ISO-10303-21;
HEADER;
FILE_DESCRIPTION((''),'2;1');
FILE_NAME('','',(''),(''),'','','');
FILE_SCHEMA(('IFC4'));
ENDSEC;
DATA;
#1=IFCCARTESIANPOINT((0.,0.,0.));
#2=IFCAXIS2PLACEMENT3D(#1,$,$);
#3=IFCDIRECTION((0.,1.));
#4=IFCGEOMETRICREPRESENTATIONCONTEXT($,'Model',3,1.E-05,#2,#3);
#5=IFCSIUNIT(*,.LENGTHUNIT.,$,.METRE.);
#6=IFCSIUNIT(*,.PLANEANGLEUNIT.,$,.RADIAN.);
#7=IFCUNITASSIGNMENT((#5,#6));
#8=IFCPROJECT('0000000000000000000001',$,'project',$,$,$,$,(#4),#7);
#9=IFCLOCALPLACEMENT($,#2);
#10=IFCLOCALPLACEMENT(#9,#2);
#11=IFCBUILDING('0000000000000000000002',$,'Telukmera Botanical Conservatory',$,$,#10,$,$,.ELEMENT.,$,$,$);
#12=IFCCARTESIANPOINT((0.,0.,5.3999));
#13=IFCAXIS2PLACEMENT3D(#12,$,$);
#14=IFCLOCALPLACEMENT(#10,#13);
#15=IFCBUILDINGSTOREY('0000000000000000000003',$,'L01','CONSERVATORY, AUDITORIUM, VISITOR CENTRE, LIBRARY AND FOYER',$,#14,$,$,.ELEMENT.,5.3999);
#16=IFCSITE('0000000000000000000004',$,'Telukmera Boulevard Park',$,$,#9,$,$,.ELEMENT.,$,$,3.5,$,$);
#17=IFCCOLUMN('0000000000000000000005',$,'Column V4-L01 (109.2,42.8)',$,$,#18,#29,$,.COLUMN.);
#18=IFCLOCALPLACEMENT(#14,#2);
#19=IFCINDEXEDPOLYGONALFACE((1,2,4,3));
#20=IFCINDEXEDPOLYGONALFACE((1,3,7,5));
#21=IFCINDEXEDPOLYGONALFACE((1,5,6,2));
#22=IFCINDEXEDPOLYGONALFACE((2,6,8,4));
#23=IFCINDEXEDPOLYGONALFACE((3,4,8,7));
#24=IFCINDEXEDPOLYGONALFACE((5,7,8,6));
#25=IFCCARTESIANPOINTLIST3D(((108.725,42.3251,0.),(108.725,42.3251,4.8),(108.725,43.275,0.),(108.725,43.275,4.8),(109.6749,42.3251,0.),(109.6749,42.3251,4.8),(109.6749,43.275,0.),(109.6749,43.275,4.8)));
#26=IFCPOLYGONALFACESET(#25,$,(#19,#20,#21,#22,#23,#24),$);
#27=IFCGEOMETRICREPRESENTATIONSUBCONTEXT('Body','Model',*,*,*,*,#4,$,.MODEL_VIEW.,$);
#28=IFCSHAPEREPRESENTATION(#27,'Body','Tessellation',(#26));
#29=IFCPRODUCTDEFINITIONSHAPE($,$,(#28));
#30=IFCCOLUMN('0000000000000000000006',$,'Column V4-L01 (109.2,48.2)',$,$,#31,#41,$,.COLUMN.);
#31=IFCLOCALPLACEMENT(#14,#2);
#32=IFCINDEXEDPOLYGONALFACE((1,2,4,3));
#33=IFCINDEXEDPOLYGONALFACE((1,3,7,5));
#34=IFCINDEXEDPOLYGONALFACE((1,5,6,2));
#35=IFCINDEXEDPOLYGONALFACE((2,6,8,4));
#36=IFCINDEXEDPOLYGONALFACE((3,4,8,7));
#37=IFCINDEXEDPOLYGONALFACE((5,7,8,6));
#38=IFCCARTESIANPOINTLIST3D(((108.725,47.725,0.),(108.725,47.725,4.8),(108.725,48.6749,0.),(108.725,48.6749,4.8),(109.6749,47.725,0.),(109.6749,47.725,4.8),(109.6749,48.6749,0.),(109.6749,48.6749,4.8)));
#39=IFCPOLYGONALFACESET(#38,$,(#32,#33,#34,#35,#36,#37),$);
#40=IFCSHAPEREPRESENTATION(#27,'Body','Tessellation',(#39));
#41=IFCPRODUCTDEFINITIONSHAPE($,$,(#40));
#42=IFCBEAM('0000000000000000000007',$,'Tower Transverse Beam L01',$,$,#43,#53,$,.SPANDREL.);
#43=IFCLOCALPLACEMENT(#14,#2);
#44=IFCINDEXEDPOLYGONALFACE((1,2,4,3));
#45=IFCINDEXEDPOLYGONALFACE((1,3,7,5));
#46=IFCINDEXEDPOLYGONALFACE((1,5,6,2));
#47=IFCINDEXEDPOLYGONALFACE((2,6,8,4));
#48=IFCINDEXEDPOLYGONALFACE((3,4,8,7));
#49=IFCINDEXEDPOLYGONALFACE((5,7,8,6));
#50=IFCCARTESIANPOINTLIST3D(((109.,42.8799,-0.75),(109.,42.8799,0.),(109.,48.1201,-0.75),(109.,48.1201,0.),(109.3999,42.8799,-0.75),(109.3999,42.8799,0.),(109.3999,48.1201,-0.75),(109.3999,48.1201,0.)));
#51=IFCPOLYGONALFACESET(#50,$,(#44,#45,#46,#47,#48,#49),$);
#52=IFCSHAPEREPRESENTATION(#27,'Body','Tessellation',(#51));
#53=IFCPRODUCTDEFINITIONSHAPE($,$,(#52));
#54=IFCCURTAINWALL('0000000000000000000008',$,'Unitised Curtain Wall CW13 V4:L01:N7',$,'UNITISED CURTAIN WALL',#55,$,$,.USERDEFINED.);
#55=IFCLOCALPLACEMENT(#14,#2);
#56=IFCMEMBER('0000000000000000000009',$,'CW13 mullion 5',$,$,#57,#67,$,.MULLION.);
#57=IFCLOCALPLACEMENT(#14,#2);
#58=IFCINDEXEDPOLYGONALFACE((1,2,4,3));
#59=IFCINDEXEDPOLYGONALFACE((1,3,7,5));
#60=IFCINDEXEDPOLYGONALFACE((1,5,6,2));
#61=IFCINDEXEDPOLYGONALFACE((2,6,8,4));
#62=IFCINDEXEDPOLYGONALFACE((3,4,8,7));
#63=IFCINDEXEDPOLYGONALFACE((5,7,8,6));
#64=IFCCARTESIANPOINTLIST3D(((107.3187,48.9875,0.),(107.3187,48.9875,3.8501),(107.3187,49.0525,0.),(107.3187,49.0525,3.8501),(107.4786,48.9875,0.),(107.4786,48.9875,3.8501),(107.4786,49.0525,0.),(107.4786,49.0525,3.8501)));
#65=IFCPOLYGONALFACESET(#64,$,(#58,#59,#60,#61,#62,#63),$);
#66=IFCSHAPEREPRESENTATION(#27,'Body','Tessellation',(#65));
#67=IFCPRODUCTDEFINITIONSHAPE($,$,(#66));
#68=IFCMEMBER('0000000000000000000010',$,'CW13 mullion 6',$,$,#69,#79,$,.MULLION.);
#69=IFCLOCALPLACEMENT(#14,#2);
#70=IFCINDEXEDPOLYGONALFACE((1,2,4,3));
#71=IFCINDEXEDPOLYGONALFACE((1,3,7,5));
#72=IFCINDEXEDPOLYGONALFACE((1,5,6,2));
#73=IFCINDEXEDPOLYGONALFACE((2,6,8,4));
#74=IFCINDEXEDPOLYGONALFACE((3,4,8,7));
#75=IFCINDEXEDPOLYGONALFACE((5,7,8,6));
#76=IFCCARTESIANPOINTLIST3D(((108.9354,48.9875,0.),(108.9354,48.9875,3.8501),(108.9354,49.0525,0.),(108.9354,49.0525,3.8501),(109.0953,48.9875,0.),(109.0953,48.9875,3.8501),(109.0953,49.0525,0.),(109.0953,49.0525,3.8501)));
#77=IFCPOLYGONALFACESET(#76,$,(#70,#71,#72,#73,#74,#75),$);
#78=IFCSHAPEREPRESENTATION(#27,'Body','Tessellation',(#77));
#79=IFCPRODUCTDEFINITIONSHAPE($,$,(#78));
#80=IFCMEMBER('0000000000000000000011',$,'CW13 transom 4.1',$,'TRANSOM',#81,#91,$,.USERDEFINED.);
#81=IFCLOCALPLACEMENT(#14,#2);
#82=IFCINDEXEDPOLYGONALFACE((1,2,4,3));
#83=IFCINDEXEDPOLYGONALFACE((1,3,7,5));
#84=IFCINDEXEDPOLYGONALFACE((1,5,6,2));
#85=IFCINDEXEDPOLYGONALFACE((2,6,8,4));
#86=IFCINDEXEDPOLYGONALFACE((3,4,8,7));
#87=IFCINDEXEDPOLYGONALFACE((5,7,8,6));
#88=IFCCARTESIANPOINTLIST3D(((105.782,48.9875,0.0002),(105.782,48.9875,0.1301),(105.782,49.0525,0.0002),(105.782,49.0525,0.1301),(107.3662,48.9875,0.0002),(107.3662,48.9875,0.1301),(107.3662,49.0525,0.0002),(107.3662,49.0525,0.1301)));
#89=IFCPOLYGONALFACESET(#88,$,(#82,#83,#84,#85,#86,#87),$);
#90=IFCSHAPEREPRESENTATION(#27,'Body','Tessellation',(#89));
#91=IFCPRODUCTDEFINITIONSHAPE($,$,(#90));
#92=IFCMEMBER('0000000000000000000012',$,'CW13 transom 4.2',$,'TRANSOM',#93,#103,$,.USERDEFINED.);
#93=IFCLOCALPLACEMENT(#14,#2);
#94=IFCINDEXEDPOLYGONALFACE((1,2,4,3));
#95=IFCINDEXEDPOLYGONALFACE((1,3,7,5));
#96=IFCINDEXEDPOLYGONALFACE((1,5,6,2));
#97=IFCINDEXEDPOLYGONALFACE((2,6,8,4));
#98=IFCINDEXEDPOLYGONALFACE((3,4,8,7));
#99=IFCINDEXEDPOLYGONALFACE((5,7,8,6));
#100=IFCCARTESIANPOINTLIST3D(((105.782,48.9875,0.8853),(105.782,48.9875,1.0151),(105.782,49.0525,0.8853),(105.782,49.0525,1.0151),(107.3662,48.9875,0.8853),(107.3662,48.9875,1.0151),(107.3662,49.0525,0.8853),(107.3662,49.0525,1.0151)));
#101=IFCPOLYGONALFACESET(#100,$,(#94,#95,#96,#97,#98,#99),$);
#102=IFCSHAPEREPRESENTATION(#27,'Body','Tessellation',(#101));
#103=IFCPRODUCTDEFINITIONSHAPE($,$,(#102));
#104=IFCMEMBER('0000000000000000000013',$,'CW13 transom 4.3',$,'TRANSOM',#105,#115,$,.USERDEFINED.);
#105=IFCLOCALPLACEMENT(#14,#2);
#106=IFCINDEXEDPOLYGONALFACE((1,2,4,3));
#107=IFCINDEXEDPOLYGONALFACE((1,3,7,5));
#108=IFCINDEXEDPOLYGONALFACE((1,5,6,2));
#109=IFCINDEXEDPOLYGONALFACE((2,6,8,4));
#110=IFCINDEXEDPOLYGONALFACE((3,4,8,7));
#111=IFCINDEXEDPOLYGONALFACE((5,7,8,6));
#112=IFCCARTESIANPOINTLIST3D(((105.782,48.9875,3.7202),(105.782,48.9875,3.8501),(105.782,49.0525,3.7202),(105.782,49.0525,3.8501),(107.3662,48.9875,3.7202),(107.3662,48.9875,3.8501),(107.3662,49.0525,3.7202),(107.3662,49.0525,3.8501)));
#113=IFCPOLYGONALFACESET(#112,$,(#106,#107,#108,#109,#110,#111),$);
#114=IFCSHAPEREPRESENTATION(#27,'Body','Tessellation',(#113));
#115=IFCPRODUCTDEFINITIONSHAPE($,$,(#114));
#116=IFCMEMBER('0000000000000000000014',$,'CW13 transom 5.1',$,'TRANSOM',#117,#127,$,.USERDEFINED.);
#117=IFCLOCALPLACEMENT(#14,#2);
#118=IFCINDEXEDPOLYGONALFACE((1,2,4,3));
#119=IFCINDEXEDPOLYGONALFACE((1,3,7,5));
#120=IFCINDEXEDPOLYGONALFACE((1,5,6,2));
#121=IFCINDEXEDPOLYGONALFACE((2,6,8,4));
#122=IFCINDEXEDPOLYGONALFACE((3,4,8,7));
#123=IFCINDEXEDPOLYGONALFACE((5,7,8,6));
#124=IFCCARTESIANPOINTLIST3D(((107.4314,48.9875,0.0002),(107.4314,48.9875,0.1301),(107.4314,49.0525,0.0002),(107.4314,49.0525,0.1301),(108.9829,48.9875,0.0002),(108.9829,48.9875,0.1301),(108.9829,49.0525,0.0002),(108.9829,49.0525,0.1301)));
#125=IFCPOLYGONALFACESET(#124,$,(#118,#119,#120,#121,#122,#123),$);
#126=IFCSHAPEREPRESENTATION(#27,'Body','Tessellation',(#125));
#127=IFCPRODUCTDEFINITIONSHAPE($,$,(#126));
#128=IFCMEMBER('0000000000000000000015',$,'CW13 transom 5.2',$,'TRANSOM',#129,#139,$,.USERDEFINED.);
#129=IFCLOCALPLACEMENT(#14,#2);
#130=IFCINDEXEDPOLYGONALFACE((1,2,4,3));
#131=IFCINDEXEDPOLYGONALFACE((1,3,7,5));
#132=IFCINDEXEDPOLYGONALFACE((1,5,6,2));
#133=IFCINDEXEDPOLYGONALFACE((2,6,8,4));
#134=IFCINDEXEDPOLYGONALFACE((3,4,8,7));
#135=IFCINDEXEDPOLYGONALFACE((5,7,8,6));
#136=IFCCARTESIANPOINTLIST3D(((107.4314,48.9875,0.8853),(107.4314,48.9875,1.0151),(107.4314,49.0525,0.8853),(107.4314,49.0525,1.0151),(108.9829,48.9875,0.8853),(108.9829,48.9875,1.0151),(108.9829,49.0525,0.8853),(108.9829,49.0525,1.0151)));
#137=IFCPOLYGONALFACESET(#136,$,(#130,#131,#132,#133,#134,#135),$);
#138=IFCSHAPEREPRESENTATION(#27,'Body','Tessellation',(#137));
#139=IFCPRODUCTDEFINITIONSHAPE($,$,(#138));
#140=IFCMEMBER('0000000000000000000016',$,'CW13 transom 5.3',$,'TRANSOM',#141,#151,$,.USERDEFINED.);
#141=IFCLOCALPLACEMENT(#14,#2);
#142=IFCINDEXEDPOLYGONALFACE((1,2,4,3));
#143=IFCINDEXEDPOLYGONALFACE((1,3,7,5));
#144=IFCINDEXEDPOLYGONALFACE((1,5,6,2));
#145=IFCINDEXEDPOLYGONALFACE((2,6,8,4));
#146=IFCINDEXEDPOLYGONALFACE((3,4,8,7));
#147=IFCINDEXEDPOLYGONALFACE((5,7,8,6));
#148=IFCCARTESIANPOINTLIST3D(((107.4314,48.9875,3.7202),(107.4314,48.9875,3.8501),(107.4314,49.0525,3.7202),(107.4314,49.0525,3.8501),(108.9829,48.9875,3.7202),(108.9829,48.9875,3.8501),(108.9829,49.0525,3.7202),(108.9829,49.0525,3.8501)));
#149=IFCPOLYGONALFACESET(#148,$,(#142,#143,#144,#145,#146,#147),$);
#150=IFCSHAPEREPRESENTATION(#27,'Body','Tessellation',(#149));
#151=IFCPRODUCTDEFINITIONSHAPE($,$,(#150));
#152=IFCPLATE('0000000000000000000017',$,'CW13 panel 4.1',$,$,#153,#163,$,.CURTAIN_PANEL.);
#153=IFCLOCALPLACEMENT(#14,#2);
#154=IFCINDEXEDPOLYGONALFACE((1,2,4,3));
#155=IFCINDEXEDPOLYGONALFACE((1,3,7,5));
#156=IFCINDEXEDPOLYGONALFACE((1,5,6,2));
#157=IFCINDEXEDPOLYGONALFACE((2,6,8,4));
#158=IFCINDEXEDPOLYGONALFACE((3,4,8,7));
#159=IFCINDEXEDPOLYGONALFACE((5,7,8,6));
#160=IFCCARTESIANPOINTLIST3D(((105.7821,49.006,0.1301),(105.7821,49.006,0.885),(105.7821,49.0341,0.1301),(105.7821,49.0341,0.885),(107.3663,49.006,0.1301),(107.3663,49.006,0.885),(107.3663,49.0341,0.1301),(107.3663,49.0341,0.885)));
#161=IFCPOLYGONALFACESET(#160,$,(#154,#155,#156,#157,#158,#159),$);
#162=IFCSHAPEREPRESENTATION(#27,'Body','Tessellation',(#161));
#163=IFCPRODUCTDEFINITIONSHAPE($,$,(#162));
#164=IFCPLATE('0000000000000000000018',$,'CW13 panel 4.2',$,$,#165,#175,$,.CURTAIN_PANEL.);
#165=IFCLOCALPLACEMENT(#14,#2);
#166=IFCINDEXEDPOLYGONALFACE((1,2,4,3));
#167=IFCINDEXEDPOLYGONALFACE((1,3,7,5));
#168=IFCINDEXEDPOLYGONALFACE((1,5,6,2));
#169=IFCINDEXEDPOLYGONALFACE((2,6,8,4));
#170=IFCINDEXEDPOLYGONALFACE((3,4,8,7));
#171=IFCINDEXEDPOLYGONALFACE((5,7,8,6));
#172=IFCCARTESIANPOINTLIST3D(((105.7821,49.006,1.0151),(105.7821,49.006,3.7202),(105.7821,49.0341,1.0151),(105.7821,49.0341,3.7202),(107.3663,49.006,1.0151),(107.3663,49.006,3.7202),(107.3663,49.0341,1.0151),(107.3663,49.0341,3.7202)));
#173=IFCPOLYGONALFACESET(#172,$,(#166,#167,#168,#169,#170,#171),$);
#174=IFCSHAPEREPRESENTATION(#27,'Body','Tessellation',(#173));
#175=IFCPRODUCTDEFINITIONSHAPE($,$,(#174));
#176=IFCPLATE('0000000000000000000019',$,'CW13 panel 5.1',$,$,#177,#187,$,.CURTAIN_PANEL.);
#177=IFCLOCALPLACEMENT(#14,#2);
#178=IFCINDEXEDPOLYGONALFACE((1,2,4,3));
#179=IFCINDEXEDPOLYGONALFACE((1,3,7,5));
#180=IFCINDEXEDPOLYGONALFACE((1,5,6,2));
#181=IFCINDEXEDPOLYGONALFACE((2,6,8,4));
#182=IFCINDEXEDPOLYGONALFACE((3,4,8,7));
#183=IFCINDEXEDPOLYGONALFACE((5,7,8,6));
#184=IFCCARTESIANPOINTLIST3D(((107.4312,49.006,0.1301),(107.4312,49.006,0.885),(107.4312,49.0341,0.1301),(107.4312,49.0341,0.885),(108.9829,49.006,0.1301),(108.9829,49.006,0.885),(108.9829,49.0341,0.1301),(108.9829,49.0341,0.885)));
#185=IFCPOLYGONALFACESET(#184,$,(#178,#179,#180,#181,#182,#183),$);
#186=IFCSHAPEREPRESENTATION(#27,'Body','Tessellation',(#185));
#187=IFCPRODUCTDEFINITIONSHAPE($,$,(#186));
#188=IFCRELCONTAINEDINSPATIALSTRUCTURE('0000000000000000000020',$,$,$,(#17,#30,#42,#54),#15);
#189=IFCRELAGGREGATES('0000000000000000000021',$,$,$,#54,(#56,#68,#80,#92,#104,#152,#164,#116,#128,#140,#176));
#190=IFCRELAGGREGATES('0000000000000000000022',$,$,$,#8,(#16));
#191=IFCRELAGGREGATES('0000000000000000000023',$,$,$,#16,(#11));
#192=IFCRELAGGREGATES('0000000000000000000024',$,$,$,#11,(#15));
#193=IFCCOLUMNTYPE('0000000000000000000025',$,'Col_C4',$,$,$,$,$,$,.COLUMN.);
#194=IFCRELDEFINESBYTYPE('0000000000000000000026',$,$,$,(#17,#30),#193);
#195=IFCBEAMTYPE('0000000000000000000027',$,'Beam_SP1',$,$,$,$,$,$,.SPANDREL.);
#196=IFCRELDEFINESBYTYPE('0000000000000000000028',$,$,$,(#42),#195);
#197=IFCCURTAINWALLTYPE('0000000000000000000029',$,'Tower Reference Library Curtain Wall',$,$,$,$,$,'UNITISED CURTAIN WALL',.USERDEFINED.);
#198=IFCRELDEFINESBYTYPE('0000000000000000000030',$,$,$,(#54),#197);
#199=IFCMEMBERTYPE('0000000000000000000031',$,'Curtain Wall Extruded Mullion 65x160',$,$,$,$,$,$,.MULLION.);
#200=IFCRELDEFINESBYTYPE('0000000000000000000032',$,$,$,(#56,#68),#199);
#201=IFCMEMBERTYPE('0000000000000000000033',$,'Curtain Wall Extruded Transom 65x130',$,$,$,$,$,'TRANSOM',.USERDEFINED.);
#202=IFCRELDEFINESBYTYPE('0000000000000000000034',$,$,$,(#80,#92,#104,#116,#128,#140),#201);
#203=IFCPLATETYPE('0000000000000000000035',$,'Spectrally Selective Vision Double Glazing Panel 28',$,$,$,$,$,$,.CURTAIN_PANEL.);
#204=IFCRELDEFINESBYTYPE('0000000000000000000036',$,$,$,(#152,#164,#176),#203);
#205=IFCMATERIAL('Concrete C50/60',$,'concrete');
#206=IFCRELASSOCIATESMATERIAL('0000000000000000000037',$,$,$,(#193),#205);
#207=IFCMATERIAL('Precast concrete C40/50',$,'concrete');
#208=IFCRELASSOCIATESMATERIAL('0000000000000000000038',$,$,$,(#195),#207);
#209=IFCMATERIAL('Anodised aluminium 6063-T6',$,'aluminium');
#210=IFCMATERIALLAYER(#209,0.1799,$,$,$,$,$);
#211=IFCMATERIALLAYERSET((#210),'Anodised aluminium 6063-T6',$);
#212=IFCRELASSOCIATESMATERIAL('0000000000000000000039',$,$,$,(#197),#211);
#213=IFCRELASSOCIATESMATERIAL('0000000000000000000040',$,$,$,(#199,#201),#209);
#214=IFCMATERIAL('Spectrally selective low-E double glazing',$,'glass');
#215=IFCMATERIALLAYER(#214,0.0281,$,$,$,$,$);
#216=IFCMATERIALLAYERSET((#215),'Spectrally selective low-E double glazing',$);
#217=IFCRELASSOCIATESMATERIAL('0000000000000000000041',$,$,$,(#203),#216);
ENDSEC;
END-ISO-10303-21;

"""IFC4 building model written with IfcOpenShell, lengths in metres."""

from ifc_helpers import new_model, si_unit, direction, frame, origin, origin_2d, place, context, subcontext, project, spatial, rectangle, extrude, material, layer, layer_set, material_profile, profile_set, type_object, element, aggregate, save


model = new_model("IFC4")

# Units and contexts
model_context = context("Model", 3, precision=1e-05, world=origin(), true_north=direction((0.0, 1.0)))
body_context = subcontext(model_context, "Body", "Model", "MODEL_VIEW")
ifc_project = project(units=[si_unit("LENGTHUNIT", "METRE"), si_unit("PLANEANGLEUNIT", "RADIAN")], contexts=[model_context])

# Site, building, storey
site_placement = place(None, origin())
site = spatial("IfcSite", under=ifc_project, at=site_placement, Name="Telukmera Boulevard Park", CompositionType="ELEMENT", RefElevation=3.5)
building_placement = place(site_placement, origin())
building = spatial("IfcBuilding", under=site, at=building_placement, Name="Telukmera Botanical Conservatory", CompositionType="ELEMENT")
storey_placement = place(building_placement, frame((0.0, 0.0, 5.3999)))
storey = spatial("IfcBuildingStorey", under=building, at=storey_placement, Name="L01", Description="CONSERVATORY, AUDITORIUM, VISITOR CENTRE, LIBRARY AND FOYER", CompositionType="ELEMENT", Elevation=5.3999)

# Columns
ifc_material_1 = material(Name="Concrete C50/60", Category="concrete")
ifc_material_profile_1 = material_profile(ifc_material_1, rectangle(XDim=0.95, YDim=0.95, at=origin_2d()), Name="RC 950x950")
ifc_profile_set_1 = profile_set([ifc_material_profile_1], Name="Concrete C50/60")
column_type = type_object("IfcColumnType", Name="Col_C4", PredefinedType="COLUMN", material=ifc_profile_set_1)
for number, where, z_axis, x_axis, name in (
    (1, (109.2, 42.8, 0.0), (0.0, 0.0, 1.0), (1.0, 0.0, 0.0), "Column V4-L01 (109.2,42.8)"),
    (2, (109.2, 48.2, 0.0), (0.0, 0.0, 1.0), (1.0, 0.0, 0.0), "Column V4-L01 (109.2,48.2)"),
):
    element("IfcColumn", number, at=place(storey_placement, frame(where, z_axis=z_axis, x_axis=x_axis)), inside=storey, type_object=column_type, Name=name, PredefinedType="COLUMN", context=body_context, shape_type="SweptSolid", body=[
        extrude(rectangle(XDim=0.95, YDim=0.95, at=origin_2d()), origin(), (0.0, 0.0, 1.0), 4.8),
    ])

# Beam
ifc_material_2 = material(Name="Precast concrete C40/50", Category="concrete")
ifc_material_profile_2 = material_profile(ifc_material_2, rectangle(XDim=0.3999, YDim=0.75, at=origin_2d()), Name="PC 400x750")
ifc_profile_set_2 = profile_set([ifc_material_profile_2], Name="Precast concrete C40/50")
beam_type = type_object("IfcBeamType", Name="Beam_SP1", PredefinedType="SPANDREL", material=ifc_profile_set_2)
beam_placement = place(storey_placement, frame((109.2, 42.8799, -0.375), z_axis=(0.0, 1.0, 0.0), x_axis=(-1.0, 0.0, 0.0)))
element("IfcBeam", 3, at=beam_placement, inside=storey, type_object=beam_type, Name="Tower Transverse Beam L01", PredefinedType="SPANDREL", context=body_context, shape_type="SweptSolid", body=[
    extrude(rectangle(XDim=0.3999, YDim=0.75, at=origin_2d()), origin(), (0.0, 0.0, 1.0), 5.2402),
])

# Curtain wall, members, plates
ifc_material_3 = material(Name="Anodised aluminium 6063-T6", Category="aluminium")
ifc_layer_1 = layer(ifc_material_3, 0.1799)
ifc_layer_set_1 = layer_set([ifc_layer_1], Name="Anodised aluminium 6063-T6")
curtain_wall_type = type_object("IfcCurtainWallType", Name="Tower Reference Library Curtain Wall", ElementType="UNITISED CURTAIN WALL", PredefinedType="USERDEFINED", material=ifc_layer_set_1)
curtain_wall_placement = place(storey_placement, origin())
curtain_wall = element("IfcCurtainWall", 4, at=curtain_wall_placement, inside=storey, type_object=curtain_wall_type, Name="Unitised Curtain Wall CW13 V4:L01:N7", ObjectType="UNITISED CURTAIN WALL", PredefinedType="USERDEFINED")
ifc_material_profile_3 = material_profile(ifc_material_3, rectangle(XDim=0.0649, YDim=0.1599, at=origin_2d()), Name="ALU MULL 65x160")
ifc_profile_set_3 = profile_set([ifc_material_profile_3], Name="Anodised aluminium 6063-T6")
member_type_1 = type_object("IfcMemberType", Name="Curtain Wall Extruded Mullion 65x160", PredefinedType="MULLION", material=ifc_profile_set_3)
member_1_placement = place(storey_placement, frame((107.3987, 49.02, 0.0), z_axis=(0.0, 0.0, 1.0), x_axis=(0.0, 1.0, 0.0)))
member_1 = element("IfcMember", 5, at=member_1_placement, type_object=member_type_1, Name="CW13 mullion 5", PredefinedType="MULLION", context=body_context, shape_type="SweptSolid", body=[
    extrude(rectangle(XDim=0.0649, YDim=0.1599, at=origin_2d()), origin(), (0.0, 0.0, 1.0), 3.8501),
])
member_2_placement = place(storey_placement, frame((109.0154, 49.02, 0.0), z_axis=(0.0, 0.0, 1.0), x_axis=(0.0, 1.0, 0.0)))
member_2 = element("IfcMember", 6, at=member_2_placement, type_object=member_type_1, Name="CW13 mullion 6", PredefinedType="MULLION", context=body_context, shape_type="SweptSolid", body=[
    extrude(rectangle(XDim=0.0649, YDim=0.1599, at=origin_2d()), origin(), (0.0, 0.0, 1.0), 3.8501),
])
ifc_material_profile_4 = material_profile(ifc_material_3, rectangle(XDim=0.0649, YDim=0.1299, at=origin_2d()), Name="ALU TRAN 65x130")
ifc_profile_set_4 = profile_set([ifc_material_profile_4], Name="Anodised aluminium 6063-T6")
member_type_2 = type_object("IfcMemberType", Name="Curtain Wall Extruded Transom 65x130", ElementType="TRANSOM", PredefinedType="USERDEFINED", material=ifc_profile_set_4)
member_3_placement = place(storey_placement, frame((105.782, 49.02, 0.0652), z_axis=(1.0, 0.0, 0.0), x_axis=(0.0, 1.0, 0.0)))
member_3 = element("IfcMember", 7, at=member_3_placement, type_object=member_type_2, Name="CW13 transom 4.1", ObjectType="TRANSOM", PredefinedType="USERDEFINED", context=body_context, shape_type="SweptSolid", body=[
    extrude(rectangle(XDim=0.0649, YDim=0.1299, at=origin_2d()), origin(), (0.0, 0.0, 1.0), 1.5842),
])
member_4_placement = place(storey_placement, frame((105.782, 49.02, 0.9502), z_axis=(1.0, 0.0, 0.0), x_axis=(0.0, 1.0, 0.0)))
member_4 = element("IfcMember", 8, at=member_4_placement, type_object=member_type_2, Name="CW13 transom 4.2", ObjectType="TRANSOM", PredefinedType="USERDEFINED", context=body_context, shape_type="SweptSolid", body=[
    extrude(rectangle(XDim=0.0649, YDim=0.1299, at=origin_2d()), origin(), (0.0, 0.0, 1.0), 1.5842),
])
member_5_placement = place(storey_placement, frame((105.782, 49.02, 3.7852), z_axis=(1.0, 0.0, 0.0), x_axis=(0.0, 1.0, 0.0)))
member_5 = element("IfcMember", 9, at=member_5_placement, type_object=member_type_2, Name="CW13 transom 4.3", ObjectType="TRANSOM", PredefinedType="USERDEFINED", context=body_context, shape_type="SweptSolid", body=[
    extrude(rectangle(XDim=0.0649, YDim=0.1299, at=origin_2d()), origin(), (0.0, 0.0, 1.0), 1.5842),
])
member_6_placement = place(storey_placement, frame((107.4314, 49.02, 0.0652), z_axis=(1.0, 0.0, 0.0), x_axis=(0.0, 1.0, 0.0)))
member_6 = element("IfcMember", 10, at=member_6_placement, type_object=member_type_2, Name="CW13 transom 5.1", ObjectType="TRANSOM", PredefinedType="USERDEFINED", context=body_context, shape_type="SweptSolid", body=[
    extrude(rectangle(XDim=0.0649, YDim=0.1299, at=origin_2d()), origin(), (0.0, 0.0, 1.0), 1.5515),
])
member_7_placement = place(storey_placement, frame((107.4314, 49.02, 0.9502), z_axis=(1.0, 0.0, 0.0), x_axis=(0.0, 1.0, 0.0)))
member_7 = element("IfcMember", 11, at=member_7_placement, type_object=member_type_2, Name="CW13 transom 5.2", ObjectType="TRANSOM", PredefinedType="USERDEFINED", context=body_context, shape_type="SweptSolid", body=[
    extrude(rectangle(XDim=0.0649, YDim=0.1299, at=origin_2d()), origin(), (0.0, 0.0, 1.0), 1.5515),
])
member_8_placement = place(storey_placement, frame((107.4314, 49.02, 3.7852), z_axis=(1.0, 0.0, 0.0), x_axis=(0.0, 1.0, 0.0)))
member_8 = element("IfcMember", 12, at=member_8_placement, type_object=member_type_2, Name="CW13 transom 5.3", ObjectType="TRANSOM", PredefinedType="USERDEFINED", context=body_context, shape_type="SweptSolid", body=[
    extrude(rectangle(XDim=0.0649, YDim=0.1299, at=origin_2d()), origin(), (0.0, 0.0, 1.0), 1.5515),
])
ifc_material_4 = material(Name="Spectrally selective low-E double glazing", Category="glass")
ifc_layer_2 = layer(ifc_material_4, 0.0281)
ifc_layer_set_2 = layer_set([ifc_layer_2], Name="Spectrally selective low-E double glazing")
plate_type = type_object("IfcPlateType", Name="Spectrally Selective Vision Double Glazing Panel 28", PredefinedType="CURTAIN_PANEL", material=ifc_layer_set_2)
plate_1_placement = place(storey_placement, frame((106.5742, 49.02, 0.1301), z_axis=(0.0, 0.0, 1.0), x_axis=(1.0, 0.0, 0.0)))
plate_1 = element("IfcPlate", 13, at=plate_1_placement, type_object=plate_type, Name="CW13 panel 4.1", PredefinedType="CURTAIN_PANEL", context=body_context, shape_type="SweptSolid", body=[
    extrude(rectangle(XDim=1.5842, YDim=0.0281, at=origin_2d()), origin(), (0.0, 0.0, 1.0), 0.7549),
])
plate_2_placement = place(storey_placement, frame((106.5742, 49.02, 1.0151), z_axis=(0.0, 0.0, 1.0), x_axis=(1.0, 0.0, 0.0)))
plate_2 = element("IfcPlate", 14, at=plate_2_placement, type_object=plate_type, Name="CW13 panel 4.2", PredefinedType="CURTAIN_PANEL", context=body_context, shape_type="SweptSolid", body=[
    extrude(rectangle(XDim=1.5842, YDim=0.0281, at=origin_2d()), origin(), (0.0, 0.0, 1.0), 2.7051),
])
plate_3_placement = place(storey_placement, frame((108.207, 49.02, 0.1301), z_axis=(0.0, 0.0, 1.0), x_axis=(1.0, 0.0, 0.0)))
plate_3 = element("IfcPlate", 15, at=plate_3_placement, type_object=plate_type, Name="CW13 panel 5.1", PredefinedType="CURTAIN_PANEL", context=body_context, shape_type="SweptSolid", body=[
    extrude(rectangle(XDim=1.5518, YDim=0.0281, at=origin_2d()), origin(), (0.0, 0.0, 1.0), 0.7549),
])
aggregate(curtain_wall, [member_1, member_2, member_3, member_4, member_5, plate_1, plate_2, member_6, member_7, member_8, plate_3])

save(model, "model.ifc")
